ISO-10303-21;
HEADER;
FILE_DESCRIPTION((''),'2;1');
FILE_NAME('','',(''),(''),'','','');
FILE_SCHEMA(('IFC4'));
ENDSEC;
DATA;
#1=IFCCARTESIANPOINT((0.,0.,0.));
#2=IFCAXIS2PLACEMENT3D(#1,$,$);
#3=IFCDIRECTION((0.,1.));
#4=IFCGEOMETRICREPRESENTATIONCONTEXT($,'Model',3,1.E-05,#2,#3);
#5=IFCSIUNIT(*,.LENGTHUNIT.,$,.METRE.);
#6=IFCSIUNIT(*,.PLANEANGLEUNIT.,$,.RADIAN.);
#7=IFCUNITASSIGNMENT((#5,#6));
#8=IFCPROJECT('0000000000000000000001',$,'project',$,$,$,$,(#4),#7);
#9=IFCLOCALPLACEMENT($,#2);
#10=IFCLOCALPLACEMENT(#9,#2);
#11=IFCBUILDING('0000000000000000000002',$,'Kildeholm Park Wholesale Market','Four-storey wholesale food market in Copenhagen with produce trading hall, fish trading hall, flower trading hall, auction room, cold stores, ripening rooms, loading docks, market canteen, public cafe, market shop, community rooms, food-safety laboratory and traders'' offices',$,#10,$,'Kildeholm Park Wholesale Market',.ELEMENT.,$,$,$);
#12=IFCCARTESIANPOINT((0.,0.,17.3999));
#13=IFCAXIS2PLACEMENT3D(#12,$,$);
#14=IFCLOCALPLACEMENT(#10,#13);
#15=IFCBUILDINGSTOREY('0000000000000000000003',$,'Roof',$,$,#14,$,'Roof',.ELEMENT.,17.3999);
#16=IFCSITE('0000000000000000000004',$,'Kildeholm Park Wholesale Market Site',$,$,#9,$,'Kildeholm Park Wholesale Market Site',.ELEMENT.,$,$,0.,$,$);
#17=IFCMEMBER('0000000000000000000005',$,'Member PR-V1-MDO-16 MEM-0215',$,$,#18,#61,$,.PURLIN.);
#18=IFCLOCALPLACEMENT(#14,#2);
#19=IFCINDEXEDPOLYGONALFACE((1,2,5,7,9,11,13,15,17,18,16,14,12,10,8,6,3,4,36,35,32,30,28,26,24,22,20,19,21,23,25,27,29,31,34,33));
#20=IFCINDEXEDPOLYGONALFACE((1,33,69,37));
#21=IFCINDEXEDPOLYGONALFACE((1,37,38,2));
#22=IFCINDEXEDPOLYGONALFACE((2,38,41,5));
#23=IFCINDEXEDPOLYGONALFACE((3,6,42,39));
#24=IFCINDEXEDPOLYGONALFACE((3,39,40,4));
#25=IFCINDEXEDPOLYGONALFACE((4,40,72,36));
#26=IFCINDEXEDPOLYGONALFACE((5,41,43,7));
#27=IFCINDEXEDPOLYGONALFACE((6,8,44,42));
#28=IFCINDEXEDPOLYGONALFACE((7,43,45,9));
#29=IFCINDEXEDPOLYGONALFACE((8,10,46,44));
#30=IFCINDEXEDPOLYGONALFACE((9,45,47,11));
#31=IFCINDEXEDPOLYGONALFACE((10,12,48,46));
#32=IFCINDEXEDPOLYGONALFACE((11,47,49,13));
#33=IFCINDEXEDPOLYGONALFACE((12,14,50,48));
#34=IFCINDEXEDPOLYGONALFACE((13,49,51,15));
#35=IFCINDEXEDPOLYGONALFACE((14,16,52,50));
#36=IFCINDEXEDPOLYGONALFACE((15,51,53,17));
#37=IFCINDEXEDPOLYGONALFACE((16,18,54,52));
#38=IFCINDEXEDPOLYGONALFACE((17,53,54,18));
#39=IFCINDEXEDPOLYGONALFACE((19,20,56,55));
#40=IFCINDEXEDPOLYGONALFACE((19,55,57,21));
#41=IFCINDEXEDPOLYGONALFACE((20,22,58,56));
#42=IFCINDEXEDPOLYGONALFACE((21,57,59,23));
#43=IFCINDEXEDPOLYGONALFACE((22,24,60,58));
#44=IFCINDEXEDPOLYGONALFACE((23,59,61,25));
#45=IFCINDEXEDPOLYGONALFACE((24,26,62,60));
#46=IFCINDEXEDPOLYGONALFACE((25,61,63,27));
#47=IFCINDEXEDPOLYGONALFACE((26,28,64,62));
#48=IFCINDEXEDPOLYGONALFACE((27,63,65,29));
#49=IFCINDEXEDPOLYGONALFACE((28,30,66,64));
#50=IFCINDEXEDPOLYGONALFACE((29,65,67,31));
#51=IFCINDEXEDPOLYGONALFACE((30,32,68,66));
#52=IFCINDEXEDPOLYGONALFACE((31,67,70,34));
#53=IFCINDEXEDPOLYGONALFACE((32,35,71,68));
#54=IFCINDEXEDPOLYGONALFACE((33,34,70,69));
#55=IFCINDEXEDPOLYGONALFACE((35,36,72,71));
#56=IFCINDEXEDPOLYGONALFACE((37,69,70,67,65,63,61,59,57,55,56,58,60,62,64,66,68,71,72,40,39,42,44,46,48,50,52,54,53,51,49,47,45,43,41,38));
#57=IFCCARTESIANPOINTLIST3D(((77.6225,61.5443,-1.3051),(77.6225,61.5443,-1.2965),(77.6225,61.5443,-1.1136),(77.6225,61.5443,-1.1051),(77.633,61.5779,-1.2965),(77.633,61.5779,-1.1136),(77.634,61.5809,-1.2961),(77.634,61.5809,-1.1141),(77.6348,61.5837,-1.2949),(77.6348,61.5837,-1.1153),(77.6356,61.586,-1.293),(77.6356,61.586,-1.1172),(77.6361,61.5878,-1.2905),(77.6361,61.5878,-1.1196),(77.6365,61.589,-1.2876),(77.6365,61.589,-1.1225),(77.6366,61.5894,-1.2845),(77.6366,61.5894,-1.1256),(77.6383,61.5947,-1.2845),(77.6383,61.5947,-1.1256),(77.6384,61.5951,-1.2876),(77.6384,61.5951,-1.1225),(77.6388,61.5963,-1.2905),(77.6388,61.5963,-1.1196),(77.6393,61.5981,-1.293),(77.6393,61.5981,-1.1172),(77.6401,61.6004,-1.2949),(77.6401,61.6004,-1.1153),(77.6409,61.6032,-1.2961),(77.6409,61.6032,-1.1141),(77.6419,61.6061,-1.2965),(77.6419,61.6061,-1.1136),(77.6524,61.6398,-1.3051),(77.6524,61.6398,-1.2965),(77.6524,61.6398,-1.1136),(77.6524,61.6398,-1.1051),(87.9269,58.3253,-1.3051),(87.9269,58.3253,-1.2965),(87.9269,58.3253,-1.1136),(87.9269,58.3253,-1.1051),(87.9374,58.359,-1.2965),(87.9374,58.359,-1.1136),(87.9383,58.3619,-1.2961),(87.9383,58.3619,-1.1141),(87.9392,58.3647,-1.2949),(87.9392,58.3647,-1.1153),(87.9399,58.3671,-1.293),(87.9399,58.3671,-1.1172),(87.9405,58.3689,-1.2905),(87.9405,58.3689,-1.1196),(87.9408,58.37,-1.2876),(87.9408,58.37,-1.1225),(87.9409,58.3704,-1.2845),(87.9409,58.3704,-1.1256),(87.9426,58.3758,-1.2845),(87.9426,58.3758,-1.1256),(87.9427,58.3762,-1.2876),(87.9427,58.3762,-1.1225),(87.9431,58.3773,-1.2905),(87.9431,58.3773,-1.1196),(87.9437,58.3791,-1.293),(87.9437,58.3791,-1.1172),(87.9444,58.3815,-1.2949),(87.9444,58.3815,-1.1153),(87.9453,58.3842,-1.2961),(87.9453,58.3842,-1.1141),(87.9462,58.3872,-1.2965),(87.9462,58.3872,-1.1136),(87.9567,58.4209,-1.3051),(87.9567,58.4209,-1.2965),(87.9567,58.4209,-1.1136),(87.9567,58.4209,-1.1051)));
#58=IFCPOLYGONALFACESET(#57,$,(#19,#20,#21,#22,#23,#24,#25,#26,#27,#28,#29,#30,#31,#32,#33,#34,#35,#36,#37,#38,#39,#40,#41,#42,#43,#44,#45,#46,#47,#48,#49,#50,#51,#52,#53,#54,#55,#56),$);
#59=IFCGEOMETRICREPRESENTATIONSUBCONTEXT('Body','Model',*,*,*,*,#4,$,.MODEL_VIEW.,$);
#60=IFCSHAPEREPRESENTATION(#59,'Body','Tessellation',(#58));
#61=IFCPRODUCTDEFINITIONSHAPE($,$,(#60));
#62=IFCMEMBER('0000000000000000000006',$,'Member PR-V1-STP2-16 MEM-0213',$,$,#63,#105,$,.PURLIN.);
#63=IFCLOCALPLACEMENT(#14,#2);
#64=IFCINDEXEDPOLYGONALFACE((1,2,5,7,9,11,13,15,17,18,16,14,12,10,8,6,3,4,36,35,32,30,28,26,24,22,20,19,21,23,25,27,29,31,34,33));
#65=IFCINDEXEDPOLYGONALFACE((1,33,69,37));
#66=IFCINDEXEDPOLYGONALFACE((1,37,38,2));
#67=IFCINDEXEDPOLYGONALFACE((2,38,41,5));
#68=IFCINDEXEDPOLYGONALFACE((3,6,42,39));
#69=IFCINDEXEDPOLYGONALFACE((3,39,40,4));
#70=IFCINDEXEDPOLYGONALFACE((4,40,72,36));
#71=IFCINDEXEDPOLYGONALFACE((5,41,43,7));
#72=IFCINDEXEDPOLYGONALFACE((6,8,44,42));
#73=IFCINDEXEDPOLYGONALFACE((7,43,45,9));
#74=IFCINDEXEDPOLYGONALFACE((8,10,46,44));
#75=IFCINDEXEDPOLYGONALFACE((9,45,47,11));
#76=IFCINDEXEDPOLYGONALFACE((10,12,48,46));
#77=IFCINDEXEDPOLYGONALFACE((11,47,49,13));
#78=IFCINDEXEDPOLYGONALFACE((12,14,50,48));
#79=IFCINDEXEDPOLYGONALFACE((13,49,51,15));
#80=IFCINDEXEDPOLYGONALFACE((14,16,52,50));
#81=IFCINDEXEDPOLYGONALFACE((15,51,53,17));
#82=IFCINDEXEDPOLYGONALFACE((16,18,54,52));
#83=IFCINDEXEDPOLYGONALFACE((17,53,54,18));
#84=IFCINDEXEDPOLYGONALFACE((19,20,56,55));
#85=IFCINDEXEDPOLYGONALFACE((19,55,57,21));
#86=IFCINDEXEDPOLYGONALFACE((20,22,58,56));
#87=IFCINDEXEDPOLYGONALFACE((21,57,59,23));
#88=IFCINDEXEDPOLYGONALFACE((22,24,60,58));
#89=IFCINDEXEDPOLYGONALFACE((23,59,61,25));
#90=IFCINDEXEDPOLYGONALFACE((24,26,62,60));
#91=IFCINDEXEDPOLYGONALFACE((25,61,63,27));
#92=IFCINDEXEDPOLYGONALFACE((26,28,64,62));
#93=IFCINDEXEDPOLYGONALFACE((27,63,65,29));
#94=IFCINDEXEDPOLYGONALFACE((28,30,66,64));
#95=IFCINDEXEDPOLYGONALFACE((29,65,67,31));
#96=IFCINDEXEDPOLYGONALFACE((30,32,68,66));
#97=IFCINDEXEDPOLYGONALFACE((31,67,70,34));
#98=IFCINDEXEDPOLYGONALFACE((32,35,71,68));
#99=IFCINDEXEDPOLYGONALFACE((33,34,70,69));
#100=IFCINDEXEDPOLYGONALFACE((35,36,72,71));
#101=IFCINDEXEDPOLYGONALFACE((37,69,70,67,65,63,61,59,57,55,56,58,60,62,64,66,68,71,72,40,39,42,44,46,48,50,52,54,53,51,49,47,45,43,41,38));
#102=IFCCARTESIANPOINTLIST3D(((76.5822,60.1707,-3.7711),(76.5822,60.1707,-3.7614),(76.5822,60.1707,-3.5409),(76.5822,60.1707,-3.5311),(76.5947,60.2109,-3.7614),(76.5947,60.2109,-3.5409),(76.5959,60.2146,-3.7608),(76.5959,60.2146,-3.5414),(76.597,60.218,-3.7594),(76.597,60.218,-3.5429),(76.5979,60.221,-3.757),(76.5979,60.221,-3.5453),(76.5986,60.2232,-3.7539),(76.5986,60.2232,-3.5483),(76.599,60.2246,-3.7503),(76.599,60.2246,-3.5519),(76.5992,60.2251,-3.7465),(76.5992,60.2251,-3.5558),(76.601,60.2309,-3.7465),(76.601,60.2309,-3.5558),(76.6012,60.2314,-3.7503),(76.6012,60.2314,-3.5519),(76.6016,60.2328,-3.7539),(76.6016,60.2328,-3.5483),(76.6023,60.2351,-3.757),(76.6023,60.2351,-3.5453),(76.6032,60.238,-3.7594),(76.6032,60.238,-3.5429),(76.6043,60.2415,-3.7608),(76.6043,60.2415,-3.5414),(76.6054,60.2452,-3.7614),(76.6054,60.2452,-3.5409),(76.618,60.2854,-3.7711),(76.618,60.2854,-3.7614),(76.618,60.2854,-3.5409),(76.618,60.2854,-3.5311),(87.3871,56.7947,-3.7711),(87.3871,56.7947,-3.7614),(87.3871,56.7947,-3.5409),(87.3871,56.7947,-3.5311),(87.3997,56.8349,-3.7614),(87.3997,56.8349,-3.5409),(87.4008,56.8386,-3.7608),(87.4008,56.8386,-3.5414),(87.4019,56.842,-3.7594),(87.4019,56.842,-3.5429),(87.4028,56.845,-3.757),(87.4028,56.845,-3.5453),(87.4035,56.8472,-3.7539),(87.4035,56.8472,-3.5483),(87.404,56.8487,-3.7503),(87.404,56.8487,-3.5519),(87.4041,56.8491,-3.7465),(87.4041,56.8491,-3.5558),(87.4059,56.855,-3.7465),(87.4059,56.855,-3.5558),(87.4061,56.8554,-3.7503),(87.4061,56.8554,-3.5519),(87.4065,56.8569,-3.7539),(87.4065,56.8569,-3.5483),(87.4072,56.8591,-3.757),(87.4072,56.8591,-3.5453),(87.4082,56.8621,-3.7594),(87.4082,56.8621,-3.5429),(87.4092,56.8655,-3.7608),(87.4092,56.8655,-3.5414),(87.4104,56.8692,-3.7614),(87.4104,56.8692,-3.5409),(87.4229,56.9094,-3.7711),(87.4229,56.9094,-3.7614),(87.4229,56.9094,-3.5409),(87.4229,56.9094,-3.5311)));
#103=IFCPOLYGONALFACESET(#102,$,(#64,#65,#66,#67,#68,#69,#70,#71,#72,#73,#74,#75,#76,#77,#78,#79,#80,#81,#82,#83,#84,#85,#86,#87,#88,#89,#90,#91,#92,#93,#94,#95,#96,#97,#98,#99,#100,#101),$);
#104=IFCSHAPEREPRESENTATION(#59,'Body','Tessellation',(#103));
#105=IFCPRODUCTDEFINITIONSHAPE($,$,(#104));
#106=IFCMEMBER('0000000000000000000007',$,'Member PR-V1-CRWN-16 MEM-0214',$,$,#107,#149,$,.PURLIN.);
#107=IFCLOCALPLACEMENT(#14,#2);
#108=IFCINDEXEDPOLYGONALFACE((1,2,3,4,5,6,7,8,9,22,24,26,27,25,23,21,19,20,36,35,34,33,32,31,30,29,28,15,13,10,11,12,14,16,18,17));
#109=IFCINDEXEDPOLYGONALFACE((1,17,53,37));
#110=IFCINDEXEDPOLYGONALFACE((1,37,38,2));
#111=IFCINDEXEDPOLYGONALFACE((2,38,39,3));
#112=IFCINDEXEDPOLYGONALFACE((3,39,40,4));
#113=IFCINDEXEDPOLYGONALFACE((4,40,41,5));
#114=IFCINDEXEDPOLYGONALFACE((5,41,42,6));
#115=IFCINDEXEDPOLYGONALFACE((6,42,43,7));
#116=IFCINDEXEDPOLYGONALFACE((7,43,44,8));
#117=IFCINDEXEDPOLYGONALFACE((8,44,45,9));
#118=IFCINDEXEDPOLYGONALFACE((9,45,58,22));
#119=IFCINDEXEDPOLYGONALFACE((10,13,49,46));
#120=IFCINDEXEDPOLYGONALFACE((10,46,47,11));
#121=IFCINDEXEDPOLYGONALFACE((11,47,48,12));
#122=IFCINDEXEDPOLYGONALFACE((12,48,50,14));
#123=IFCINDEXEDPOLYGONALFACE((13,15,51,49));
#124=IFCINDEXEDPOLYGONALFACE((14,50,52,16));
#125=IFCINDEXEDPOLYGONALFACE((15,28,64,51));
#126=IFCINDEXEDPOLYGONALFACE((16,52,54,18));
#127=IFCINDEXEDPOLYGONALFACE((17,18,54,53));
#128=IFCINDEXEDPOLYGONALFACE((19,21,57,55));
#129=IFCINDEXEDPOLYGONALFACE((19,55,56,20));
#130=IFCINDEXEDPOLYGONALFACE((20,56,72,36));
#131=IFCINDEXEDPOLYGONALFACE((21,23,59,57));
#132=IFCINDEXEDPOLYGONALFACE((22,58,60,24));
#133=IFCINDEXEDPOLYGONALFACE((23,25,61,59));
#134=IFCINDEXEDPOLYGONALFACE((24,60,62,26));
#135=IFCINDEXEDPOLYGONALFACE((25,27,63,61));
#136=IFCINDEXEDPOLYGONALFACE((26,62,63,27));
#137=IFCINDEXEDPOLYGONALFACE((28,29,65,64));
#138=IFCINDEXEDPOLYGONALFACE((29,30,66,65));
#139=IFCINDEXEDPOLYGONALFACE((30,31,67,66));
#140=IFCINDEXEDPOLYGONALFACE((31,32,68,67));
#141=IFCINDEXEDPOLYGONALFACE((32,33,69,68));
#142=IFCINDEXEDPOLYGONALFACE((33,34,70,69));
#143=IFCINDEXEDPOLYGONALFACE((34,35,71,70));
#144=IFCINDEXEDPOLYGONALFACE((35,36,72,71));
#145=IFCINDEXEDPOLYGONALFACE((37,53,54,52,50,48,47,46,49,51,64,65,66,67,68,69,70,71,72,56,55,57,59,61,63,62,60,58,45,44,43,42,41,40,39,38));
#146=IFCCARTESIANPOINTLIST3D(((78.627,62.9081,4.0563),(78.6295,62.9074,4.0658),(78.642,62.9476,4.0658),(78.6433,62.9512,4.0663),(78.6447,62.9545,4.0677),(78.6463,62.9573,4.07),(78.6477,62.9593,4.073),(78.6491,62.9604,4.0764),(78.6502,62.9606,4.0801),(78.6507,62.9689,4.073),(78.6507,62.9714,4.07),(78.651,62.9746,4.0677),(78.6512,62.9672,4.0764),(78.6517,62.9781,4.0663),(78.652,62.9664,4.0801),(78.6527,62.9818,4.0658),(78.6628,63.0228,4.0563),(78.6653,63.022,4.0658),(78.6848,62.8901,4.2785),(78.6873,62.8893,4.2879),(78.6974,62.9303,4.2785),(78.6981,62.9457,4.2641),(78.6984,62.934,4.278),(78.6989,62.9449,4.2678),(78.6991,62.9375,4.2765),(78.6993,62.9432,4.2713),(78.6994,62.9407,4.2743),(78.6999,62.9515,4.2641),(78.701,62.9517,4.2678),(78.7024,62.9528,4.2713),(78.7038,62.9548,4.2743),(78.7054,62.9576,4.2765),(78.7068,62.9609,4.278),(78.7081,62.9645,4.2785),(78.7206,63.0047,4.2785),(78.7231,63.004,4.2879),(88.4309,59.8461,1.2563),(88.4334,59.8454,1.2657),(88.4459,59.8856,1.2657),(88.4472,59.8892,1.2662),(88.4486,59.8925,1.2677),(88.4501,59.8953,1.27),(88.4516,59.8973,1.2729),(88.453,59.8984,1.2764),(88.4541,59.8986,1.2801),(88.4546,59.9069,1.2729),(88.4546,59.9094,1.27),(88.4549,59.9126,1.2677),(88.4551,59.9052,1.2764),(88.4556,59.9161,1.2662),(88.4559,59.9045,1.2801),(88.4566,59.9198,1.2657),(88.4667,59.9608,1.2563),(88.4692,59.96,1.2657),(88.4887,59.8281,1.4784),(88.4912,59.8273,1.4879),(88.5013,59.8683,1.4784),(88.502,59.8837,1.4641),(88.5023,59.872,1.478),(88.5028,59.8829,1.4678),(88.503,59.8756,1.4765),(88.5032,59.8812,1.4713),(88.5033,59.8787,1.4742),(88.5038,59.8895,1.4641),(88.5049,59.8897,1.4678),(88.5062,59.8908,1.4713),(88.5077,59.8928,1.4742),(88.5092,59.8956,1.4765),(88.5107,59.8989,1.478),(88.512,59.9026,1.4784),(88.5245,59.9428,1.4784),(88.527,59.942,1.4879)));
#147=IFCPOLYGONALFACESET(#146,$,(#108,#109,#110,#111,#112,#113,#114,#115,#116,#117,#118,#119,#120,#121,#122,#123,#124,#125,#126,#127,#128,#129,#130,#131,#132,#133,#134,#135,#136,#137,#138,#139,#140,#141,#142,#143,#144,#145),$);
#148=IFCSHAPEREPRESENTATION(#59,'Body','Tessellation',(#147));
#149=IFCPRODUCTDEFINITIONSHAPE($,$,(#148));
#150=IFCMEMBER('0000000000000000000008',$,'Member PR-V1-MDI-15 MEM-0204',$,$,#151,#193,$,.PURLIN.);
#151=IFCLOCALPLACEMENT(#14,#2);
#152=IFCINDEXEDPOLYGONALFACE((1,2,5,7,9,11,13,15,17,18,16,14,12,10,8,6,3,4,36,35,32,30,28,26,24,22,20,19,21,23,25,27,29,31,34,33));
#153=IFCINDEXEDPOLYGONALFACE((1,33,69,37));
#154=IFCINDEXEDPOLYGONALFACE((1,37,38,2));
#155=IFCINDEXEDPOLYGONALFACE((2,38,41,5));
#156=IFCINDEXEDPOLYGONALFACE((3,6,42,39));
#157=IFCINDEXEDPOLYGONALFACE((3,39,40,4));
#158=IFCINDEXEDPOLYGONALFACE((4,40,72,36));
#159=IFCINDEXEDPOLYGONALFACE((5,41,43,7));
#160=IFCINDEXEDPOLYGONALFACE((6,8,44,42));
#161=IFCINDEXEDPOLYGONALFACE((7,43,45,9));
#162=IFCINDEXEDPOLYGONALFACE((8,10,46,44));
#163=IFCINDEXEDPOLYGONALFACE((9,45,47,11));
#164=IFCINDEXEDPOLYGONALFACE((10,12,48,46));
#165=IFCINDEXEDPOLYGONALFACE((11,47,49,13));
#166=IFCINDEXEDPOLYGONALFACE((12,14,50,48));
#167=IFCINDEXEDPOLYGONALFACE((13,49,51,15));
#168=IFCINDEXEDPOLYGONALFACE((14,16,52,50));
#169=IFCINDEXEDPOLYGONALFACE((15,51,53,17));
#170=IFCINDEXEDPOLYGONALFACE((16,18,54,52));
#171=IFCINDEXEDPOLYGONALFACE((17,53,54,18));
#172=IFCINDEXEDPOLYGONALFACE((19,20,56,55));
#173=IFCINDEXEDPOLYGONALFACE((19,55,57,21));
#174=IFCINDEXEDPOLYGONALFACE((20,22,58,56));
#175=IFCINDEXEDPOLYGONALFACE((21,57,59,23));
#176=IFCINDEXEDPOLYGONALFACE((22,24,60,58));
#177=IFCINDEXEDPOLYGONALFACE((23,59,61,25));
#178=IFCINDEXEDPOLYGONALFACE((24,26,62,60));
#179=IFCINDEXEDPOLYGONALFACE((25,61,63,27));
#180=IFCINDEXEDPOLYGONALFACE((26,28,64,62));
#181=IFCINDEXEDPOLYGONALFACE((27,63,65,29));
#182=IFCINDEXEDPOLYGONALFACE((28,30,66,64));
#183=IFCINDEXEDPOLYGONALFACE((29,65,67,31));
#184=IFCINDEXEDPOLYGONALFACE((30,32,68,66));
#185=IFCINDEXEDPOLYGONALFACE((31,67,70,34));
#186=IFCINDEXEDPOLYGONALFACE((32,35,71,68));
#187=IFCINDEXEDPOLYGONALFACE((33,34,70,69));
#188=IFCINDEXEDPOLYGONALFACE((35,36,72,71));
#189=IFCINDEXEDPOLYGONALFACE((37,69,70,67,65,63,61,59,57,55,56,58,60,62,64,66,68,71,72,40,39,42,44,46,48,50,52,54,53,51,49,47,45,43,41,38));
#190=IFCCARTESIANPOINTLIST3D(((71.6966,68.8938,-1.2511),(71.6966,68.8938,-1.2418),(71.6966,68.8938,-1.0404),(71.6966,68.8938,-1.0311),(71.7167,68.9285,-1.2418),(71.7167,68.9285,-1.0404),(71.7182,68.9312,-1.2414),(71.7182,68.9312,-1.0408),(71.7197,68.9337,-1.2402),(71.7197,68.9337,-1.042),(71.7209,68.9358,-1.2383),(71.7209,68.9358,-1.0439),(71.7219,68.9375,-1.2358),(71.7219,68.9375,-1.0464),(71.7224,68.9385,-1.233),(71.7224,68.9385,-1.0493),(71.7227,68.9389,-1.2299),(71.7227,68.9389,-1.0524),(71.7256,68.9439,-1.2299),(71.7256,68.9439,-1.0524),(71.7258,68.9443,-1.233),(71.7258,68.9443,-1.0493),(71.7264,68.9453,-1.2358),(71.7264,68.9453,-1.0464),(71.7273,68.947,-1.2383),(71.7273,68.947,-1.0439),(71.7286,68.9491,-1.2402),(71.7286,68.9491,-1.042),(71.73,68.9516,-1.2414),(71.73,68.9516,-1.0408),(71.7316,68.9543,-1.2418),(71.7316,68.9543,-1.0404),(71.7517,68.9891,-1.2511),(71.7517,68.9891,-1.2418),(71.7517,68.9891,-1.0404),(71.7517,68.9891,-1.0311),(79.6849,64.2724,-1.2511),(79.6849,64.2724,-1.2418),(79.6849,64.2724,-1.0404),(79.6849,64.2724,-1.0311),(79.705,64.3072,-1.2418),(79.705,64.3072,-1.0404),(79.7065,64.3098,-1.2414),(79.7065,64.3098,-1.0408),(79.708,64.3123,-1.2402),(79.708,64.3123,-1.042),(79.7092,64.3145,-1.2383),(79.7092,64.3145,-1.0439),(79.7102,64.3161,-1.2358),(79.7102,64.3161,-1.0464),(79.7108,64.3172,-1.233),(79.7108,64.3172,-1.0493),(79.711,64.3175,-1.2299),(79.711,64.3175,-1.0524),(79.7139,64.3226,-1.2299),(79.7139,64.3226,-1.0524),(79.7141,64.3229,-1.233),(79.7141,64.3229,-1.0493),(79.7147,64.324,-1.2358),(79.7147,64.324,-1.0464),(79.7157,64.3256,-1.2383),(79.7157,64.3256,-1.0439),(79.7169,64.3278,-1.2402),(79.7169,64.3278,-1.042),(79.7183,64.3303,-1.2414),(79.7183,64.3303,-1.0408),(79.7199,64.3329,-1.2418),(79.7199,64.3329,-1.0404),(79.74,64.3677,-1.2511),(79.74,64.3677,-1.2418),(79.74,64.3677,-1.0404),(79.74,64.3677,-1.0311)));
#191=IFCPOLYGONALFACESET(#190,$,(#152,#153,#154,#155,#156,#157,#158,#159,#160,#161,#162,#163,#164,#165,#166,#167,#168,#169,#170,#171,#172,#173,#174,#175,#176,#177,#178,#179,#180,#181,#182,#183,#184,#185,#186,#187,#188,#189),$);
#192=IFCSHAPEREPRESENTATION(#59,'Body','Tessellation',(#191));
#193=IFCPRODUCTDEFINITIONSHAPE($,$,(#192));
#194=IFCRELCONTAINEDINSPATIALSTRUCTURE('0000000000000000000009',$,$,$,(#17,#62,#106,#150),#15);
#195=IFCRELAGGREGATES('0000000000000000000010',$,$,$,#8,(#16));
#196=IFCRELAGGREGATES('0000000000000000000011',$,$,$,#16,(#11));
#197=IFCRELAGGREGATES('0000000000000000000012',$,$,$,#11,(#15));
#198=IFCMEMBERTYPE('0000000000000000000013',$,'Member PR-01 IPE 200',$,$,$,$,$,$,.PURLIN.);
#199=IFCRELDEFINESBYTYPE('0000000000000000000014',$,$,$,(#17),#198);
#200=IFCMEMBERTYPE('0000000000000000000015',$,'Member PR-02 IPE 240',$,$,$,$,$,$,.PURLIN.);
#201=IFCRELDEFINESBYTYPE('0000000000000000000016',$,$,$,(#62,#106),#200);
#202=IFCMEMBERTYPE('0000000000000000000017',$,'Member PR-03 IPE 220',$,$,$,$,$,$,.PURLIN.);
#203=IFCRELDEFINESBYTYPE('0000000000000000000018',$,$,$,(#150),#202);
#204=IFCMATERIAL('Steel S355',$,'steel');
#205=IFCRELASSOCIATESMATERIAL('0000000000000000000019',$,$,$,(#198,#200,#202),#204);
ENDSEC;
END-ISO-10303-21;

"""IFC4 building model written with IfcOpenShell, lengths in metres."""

from ifc_helpers import new_model, si_unit, direction, frame, origin, origin_2d, place, context, subcontext, project, spatial, i_section, extrude, material, material_profile, profile_set, type_object, element, save


model = new_model("IFC4")

# Units and contexts
model_context = context("Model", 3, precision=1e-05, world=origin(), true_north=direction((0.0, 1.0)))
body_context = subcontext(model_context, "Body", "Model", "MODEL_VIEW")
ifc_project = project(units=[si_unit("LENGTHUNIT", "METRE"), si_unit("PLANEANGLEUNIT", "RADIAN")], contexts=[model_context])

# Site, building, storey
site_placement = place(None, origin())
site = spatial("IfcSite", under=ifc_project, at=site_placement, Name="Kildeholm Park Wholesale Market Site", LongName="Kildeholm Park Wholesale Market Site", CompositionType="ELEMENT", RefElevation=0.0)
building_placement = place(site_placement, origin())
building = spatial("IfcBuilding", under=site, at=building_placement, Name="Kildeholm Park Wholesale Market", Description="Four-storey wholesale food market in Copenhagen with produce trading hall, fish trading hall, flower trading hall, auction room, cold stores, ripening rooms, loading docks, market canteen, public cafe, market shop, community rooms, food-safety laboratory and traders' offices", LongName="Kildeholm Park Wholesale Market", CompositionType="ELEMENT")
storey_placement = place(building_placement, frame((0.0, 0.0, 17.3999)))
storey = spatial("IfcBuildingStorey", under=building, at=storey_placement, Name="Roof", LongName="Roof", CompositionType="ELEMENT", Elevation=17.3999)

# Members
ifc_material_1 = material(Name="Steel S355", Category="steel")
ifc_material_profile_1 = material_profile(ifc_material_1, i_section(OverallWidth=0.1001, OverallDepth=0.2, WebThickness=0.0056, FlangeThickness=0.0085, FilletRadius=0.012, at=origin_2d()), Name="IPE 200")
ifc_profile_set_1 = profile_set([ifc_material_profile_1], Name="Steel S355")
member_type_1 = type_object("IfcMemberType", Name="Member PR-01 IPE 200", PredefinedType="PURLIN", material=ifc_profile_set_1)
member_1_placement = place(storey_placement, frame((77.6375, 61.592, -1.2051), z_axis=(0.95451, -0.298178, 0.0), x_axis=(0.298178, 0.95451, 0.0)))
element("IfcMember", 1, at=member_1_placement, inside=storey, type_object=member_type_1, Name="Member PR-V1-MDO-16 MEM-0215", PredefinedType="PURLIN", context=body_context, shape_type="SweptSolid", body=[
    extrude(i_section(OverallWidth=0.1001, OverallDepth=0.2, WebThickness=0.0056, FlangeThickness=0.0085, FilletRadius=0.012, at=origin_2d()), origin(), (0.0, 0.0, 1.0), 10.7954),
])
ifc_material_profile_2 = material_profile(ifc_material_1, i_section(OverallWidth=0.1201, OverallDepth=0.24, WebThickness=0.0061, FlangeThickness=0.0098, FilletRadius=0.0149, at=origin_2d()), Name="IPE 240")
ifc_profile_set_2 = profile_set([ifc_material_profile_2], Name="Steel S355")
member_type_2 = type_object("IfcMemberType", Name="Member PR-02 IPE 240", PredefinedType="PURLIN", material=ifc_profile_set_2)
member_2_placement = place(storey_placement, frame((76.6001, 60.228, -3.6511), z_axis=(0.954494, -0.29823, 0.0), x_axis=(0.29823, 0.954494, 0.0)))
element("IfcMember", 2, at=member_2_placement, inside=storey, type_object=member_type_2, Name="Member PR-V1-STP2-16 MEM-0213", PredefinedType="PURLIN", context=body_context, shape_type="SweptSolid", body=[
    extrude(i_section(OverallWidth=0.1201, OverallDepth=0.24, WebThickness=0.0061, FlangeThickness=0.0098, FilletRadius=0.0149, at=origin_2d()), origin(), (0.0, 0.0, 1.0), 11.3201),
])
member_3_placement = place(storey_placement, frame((78.675, 62.9561, 4.1721), z_axis=(0.92092, -0.287625, -0.263018), x_axis=(0.298122, 0.954528, 0.0)))
element("IfcMember", 3, at=member_3_placement, inside=storey, type_object=member_type_2, Name="Member PR-V1-CRWN-16 MEM-0214", PredefinedType="PURLIN", context=body_context, shape_type="SweptSolid", body=[
    extrude(i_section(OverallWidth=0.1201, OverallDepth=0.24, WebThickness=0.0061, FlangeThickness=0.0098, FilletRadius=0.0149, at=origin_2d()), origin(), (0.0, 0.0, 1.0), 10.6458),
])
ifc_material_profile_3 = material_profile(ifc_material_1, i_section(OverallWidth=0.1101, OverallDepth=0.22, WebThickness=0.0059, FlangeThickness=0.0093, FilletRadius=0.012, at=origin_2d()), Name="IPE 220")
ifc_profile_set_3 = profile_set([ifc_material_profile_3], Name="Steel S355")
member_type_3 = type_object("IfcMemberType", Name="Member PR-03 IPE 220", PredefinedType="PURLIN", material=ifc_profile_set_3)
member_4_placement = place(storey_placement, frame((71.7241, 68.9414, -1.1411), z_axis=(0.865589, -0.500756, 0.0), x_axis=(0.500756, 0.865589, 0.0)))
element("IfcMember", 4, at=member_4_placement, inside=storey, type_object=member_type_3, Name="Member PR-V1-MDI-15 MEM-0204", PredefinedType="PURLIN", context=body_context, shape_type="SweptSolid", body=[
    extrude(i_section(OverallWidth=0.1101, OverallDepth=0.22, WebThickness=0.0059, FlangeThickness=0.0093, FilletRadius=0.012, at=origin_2d()), origin(), (0.0, 0.0, 1.0), 9.2288),
])

save(model, "model.ifc")
